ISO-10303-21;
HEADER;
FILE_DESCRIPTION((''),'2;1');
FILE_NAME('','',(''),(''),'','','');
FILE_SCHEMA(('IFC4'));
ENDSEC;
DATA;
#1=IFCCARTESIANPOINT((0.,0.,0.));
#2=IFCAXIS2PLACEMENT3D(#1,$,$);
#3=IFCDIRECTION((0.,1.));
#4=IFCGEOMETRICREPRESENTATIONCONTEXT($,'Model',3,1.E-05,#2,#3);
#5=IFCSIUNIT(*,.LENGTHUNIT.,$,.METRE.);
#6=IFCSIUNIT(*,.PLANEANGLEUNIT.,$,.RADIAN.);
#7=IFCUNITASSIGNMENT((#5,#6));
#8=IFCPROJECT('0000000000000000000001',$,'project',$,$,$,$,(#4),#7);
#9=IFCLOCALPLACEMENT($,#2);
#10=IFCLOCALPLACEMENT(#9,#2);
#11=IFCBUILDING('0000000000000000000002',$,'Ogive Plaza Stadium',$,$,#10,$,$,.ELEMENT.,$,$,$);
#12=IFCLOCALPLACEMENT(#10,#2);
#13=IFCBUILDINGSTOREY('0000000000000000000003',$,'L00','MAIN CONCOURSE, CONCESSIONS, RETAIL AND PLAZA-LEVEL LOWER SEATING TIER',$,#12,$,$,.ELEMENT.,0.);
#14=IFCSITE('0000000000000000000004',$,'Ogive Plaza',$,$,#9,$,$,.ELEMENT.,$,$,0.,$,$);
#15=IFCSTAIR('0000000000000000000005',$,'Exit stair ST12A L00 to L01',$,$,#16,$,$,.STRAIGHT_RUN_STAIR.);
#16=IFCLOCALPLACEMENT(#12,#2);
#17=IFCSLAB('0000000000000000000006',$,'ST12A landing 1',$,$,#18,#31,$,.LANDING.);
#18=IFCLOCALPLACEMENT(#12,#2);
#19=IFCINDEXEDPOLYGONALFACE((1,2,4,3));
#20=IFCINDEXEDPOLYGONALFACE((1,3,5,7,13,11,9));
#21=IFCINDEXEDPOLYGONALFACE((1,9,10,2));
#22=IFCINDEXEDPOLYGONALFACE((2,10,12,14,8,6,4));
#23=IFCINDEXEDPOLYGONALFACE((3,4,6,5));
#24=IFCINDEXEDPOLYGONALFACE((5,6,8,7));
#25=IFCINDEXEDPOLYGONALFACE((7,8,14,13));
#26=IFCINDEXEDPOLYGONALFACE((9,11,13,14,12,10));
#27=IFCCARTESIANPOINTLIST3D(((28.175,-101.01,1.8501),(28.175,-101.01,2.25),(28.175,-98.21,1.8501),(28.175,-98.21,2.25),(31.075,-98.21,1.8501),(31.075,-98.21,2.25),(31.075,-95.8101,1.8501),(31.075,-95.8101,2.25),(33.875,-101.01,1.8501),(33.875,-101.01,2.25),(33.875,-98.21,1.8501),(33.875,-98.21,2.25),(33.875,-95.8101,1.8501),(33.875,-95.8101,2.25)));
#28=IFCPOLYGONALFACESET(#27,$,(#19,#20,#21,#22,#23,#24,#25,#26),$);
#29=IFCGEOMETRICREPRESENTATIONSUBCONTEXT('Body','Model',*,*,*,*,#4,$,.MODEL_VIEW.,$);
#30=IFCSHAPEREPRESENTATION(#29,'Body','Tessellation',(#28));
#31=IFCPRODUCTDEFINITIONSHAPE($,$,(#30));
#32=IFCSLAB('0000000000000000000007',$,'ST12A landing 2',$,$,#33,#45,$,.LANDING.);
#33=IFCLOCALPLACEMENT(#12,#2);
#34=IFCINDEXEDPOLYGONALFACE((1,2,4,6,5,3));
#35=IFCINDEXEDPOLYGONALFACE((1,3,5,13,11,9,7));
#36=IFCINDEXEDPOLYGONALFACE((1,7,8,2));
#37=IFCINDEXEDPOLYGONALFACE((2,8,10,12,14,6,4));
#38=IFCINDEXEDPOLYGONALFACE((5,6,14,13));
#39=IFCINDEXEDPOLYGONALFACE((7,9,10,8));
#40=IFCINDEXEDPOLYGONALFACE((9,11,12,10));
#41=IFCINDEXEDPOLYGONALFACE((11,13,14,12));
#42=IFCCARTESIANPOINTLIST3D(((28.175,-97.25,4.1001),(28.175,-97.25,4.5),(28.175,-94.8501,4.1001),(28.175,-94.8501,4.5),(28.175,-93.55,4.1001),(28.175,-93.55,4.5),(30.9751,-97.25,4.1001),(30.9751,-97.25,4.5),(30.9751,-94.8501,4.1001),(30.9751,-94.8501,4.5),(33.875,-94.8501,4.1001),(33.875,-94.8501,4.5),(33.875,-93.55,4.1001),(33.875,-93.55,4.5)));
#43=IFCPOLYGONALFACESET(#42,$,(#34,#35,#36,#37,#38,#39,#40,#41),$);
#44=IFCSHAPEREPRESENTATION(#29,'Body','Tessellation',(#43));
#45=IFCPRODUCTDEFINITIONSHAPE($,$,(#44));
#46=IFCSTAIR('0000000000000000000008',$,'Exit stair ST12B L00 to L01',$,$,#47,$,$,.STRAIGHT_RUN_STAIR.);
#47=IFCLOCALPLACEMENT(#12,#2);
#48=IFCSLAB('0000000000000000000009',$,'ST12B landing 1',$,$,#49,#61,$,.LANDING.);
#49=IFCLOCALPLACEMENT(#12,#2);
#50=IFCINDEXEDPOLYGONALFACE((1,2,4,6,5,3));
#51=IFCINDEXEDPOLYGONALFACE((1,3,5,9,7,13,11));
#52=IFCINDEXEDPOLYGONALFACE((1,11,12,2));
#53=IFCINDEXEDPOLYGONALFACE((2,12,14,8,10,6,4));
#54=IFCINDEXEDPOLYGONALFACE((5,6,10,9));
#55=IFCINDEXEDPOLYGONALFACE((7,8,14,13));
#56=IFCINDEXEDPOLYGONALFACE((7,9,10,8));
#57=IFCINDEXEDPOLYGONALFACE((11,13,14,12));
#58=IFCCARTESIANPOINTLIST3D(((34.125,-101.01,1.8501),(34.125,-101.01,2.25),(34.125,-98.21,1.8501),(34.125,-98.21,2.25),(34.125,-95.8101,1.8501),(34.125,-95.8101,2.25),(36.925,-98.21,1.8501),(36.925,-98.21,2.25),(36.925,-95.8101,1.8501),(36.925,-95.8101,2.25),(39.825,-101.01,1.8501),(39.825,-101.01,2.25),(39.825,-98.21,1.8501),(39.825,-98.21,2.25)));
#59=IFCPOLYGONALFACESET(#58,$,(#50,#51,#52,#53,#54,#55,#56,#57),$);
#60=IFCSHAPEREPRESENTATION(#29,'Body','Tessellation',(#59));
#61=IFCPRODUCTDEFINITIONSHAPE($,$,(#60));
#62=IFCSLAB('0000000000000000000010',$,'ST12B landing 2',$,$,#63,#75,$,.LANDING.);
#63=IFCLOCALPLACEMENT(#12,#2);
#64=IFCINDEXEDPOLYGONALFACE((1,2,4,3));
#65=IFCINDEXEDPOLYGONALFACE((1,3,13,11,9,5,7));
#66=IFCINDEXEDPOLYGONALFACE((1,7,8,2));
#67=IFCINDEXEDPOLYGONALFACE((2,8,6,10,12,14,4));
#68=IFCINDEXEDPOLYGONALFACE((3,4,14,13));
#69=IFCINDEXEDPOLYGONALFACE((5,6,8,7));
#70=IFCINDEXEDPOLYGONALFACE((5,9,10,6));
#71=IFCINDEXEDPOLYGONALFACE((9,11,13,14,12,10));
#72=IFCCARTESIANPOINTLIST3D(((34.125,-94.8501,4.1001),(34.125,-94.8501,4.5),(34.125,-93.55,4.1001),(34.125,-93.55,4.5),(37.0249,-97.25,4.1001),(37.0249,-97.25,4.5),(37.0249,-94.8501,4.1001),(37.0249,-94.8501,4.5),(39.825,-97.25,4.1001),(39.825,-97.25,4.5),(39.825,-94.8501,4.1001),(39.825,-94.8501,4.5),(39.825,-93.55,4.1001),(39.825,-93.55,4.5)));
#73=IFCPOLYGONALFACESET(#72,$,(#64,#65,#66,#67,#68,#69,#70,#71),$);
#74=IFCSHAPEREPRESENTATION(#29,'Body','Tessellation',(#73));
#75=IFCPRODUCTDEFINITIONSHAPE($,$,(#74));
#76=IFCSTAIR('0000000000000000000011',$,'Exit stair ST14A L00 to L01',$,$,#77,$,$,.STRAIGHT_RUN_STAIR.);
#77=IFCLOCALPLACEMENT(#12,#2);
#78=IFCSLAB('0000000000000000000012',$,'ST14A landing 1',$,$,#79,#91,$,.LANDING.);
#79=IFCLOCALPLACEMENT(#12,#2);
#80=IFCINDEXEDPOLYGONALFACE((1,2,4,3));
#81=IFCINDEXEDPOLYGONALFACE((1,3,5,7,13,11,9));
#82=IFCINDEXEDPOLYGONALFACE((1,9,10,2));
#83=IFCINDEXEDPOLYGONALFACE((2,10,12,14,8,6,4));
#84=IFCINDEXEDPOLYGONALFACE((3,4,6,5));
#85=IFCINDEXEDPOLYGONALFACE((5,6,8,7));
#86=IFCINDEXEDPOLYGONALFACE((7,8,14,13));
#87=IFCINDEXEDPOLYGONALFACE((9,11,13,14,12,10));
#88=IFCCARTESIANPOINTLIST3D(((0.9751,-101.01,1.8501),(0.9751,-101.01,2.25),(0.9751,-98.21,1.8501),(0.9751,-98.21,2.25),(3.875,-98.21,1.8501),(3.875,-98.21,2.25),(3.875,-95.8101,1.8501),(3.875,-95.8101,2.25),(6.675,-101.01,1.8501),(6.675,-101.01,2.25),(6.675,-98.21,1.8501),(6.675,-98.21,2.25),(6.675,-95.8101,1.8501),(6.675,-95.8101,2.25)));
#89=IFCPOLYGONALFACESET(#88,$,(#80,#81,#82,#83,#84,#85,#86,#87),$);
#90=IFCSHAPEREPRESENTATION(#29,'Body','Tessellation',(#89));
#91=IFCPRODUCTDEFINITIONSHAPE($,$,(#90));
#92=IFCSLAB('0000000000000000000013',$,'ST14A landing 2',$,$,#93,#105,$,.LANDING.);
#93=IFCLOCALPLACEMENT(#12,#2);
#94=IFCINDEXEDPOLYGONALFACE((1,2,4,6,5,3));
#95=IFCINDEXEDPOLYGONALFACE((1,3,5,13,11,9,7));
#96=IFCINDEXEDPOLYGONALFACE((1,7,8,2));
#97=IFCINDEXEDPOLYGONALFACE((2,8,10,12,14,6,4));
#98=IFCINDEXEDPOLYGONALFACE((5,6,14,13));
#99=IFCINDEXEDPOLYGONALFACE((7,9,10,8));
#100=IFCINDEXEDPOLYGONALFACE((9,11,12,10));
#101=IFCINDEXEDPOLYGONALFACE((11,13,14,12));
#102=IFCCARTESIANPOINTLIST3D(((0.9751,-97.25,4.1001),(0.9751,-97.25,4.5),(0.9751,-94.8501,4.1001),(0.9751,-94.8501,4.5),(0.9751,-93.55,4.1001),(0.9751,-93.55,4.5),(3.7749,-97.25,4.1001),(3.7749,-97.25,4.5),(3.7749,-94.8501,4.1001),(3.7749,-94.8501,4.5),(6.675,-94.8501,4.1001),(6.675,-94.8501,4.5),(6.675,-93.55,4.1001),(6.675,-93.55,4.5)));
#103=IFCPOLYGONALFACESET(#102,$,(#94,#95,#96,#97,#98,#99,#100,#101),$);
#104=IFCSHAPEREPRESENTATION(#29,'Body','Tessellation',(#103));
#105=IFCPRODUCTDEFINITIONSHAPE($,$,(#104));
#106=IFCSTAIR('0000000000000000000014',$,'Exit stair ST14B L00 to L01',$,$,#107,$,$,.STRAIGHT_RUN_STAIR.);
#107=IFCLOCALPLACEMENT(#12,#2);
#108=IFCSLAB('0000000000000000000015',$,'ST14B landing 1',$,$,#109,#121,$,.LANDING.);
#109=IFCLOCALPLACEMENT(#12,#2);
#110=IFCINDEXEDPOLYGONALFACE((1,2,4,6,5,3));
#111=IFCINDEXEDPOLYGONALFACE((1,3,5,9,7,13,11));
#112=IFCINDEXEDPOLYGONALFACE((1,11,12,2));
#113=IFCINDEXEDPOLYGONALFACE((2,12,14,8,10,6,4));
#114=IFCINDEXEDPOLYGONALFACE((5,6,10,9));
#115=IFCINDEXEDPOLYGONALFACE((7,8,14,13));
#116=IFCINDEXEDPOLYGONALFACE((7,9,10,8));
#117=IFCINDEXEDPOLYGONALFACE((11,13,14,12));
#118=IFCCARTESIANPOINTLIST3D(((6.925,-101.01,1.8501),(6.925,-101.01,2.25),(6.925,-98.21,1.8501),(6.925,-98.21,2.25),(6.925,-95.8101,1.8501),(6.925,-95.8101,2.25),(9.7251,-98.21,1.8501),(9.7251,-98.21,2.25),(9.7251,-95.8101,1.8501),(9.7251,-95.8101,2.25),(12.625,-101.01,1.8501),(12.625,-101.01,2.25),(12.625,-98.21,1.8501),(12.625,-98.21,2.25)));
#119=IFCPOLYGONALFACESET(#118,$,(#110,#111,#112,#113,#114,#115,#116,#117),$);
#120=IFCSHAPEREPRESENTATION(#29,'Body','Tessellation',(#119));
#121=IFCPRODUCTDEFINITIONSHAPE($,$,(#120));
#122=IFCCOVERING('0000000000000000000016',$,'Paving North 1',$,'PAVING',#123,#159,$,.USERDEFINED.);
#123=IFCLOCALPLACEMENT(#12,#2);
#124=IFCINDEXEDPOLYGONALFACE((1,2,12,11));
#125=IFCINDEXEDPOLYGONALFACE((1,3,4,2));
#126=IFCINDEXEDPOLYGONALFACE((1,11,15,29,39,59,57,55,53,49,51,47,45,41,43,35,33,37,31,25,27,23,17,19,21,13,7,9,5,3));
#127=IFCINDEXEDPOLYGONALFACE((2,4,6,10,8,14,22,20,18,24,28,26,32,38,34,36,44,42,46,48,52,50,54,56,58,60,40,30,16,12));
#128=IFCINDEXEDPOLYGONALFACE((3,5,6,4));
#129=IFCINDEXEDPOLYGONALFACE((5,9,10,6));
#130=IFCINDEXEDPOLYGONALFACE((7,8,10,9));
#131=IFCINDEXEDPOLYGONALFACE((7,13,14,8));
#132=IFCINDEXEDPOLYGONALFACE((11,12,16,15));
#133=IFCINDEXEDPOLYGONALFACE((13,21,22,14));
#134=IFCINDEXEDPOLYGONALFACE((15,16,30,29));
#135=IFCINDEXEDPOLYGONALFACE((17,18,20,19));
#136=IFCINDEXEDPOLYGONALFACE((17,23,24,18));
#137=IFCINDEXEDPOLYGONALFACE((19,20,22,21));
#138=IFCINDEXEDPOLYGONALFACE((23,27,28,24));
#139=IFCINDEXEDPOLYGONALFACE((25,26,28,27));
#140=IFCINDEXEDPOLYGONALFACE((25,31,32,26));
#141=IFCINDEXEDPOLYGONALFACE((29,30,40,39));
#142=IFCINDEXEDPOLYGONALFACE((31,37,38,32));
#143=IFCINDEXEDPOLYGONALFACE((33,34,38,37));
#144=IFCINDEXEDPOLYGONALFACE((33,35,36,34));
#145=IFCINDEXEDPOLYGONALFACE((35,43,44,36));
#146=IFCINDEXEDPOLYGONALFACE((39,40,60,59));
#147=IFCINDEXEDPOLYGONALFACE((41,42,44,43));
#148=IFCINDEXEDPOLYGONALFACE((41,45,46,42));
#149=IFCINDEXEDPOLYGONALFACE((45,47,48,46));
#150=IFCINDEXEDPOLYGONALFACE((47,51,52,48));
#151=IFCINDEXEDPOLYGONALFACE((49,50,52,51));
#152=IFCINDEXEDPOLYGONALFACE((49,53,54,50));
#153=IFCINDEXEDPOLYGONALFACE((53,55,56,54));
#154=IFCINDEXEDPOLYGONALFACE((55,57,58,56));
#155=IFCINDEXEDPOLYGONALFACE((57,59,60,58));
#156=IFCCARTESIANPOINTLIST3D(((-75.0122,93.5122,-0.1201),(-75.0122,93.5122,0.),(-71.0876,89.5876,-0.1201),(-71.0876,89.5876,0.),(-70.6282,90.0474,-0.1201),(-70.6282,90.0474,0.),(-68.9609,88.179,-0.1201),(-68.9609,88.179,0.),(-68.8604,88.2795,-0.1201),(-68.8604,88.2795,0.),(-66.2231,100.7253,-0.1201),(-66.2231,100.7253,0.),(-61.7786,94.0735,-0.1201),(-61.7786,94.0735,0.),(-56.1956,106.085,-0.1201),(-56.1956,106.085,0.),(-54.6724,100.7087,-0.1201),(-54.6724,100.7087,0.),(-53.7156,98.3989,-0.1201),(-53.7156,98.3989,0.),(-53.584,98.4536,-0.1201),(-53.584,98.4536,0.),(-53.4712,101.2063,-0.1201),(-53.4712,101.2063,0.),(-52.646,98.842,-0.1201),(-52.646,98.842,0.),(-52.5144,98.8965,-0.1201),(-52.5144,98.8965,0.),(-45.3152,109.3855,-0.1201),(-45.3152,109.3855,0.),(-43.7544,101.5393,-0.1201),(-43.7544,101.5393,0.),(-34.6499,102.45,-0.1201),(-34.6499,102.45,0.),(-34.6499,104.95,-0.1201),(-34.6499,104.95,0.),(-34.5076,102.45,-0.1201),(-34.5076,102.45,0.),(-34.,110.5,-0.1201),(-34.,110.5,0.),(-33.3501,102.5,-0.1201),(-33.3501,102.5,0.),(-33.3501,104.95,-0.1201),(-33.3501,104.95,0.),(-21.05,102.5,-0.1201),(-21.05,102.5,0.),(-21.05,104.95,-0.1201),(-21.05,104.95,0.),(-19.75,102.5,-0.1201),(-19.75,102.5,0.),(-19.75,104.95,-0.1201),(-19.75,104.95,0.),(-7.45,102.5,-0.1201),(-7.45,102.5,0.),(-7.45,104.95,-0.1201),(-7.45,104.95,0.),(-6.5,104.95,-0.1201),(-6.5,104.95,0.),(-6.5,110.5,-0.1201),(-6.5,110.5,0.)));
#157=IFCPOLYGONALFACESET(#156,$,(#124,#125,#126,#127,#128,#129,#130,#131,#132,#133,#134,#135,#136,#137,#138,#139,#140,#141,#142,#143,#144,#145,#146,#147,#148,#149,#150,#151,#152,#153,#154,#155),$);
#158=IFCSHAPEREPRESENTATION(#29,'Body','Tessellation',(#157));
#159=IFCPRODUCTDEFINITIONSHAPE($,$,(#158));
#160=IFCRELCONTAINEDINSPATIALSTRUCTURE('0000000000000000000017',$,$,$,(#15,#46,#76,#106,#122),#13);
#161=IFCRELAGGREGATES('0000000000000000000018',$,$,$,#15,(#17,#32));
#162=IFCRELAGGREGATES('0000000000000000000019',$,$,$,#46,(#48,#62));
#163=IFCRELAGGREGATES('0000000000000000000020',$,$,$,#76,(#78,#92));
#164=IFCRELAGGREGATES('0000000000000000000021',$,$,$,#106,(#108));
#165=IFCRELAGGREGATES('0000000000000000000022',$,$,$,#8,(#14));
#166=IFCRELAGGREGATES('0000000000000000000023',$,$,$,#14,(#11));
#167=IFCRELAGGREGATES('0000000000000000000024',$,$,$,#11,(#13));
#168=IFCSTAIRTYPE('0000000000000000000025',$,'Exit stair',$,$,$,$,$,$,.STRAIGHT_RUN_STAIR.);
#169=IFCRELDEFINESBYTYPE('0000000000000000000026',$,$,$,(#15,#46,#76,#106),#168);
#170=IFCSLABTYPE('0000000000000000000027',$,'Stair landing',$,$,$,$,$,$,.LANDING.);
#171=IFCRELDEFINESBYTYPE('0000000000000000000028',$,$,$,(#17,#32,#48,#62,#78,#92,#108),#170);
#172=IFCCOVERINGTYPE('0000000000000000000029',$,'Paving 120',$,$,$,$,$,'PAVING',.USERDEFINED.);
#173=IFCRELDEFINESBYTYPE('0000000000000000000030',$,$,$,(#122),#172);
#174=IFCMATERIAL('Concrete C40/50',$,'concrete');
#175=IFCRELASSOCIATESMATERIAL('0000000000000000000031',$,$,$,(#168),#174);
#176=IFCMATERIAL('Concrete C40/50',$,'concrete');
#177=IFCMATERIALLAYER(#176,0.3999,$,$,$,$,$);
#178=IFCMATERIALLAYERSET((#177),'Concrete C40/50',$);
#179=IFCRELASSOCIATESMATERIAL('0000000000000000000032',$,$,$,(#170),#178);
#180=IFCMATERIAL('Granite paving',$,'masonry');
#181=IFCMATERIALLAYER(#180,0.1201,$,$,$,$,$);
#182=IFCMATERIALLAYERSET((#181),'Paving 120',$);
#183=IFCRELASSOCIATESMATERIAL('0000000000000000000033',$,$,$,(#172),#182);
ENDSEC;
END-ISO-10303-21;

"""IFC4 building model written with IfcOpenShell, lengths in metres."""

from ifc_helpers import new_model, si_unit, direction, frame, origin, place, context, subcontext, project, spatial, polyline, outline, extrude, material, layer, layer_set, type_object, element, aggregate, save


model = new_model("IFC4")

# Units and contexts
model_context = context("Model", 3, precision=1e-05, world=origin(), true_north=direction((0.0, 1.0)))
body_context = subcontext(model_context, "Body", "Model", "MODEL_VIEW")
ifc_project = project(units=[si_unit("LENGTHUNIT", "METRE"), si_unit("PLANEANGLEUNIT", "RADIAN")], contexts=[model_context])

# Site, building, storey
site_placement = place(None, origin())
site = spatial("IfcSite", under=ifc_project, at=site_placement, Name="Ogive Plaza", CompositionType="ELEMENT", RefElevation=0.0)
building_placement = place(site_placement, origin())
building = spatial("IfcBuilding", under=site, at=building_placement, Name="Ogive Plaza Stadium", CompositionType="ELEMENT")
storey_placement = place(building_placement, origin())
storey = spatial("IfcBuildingStorey", under=building, at=storey_placement, Name="L00", Description="MAIN CONCOURSE, CONCESSIONS, RETAIL AND PLAZA-LEVEL LOWER SEATING TIER", CompositionType="ELEMENT", Elevation=0.0)

# Stairs, slabs
ifc_material_1 = material(Name="Concrete C40/50", Category="concrete")
stair_type = type_object("IfcStairType", Name="Exit stair", PredefinedType="STRAIGHT_RUN_STAIR", material=ifc_material_1)
ifc_material_2 = material(Name="Concrete C40/50", Category="concrete")
ifc_layer_1 = layer(ifc_material_2, 0.3999)
ifc_layer_set_1 = layer_set([ifc_layer_1], Name="Concrete C40/50")
slab_type_1 = type_object("IfcSlabType", Name="Stair landing", PredefinedType="LANDING", material=ifc_layer_set_1)
stair_1_placement = place(storey_placement, origin())
stair_1 = element("IfcStair", 1, at=stair_1_placement, inside=storey, type_object=stair_type, Name="Exit stair ST12A L00 to L01", PredefinedType="STRAIGHT_RUN_STAIR")
slab_1_placement = place(storey_placement, frame((0.0, 0.0, 1.8501)))
slab_1 = element("IfcSlab", 2, at=slab_1_placement, type_object=slab_type_1, Name="ST12A landing 1", PredefinedType="LANDING", context=body_context, shape_type="SweptSolid", body=[
    extrude(outline(polyline([(33.875, -101.01), (28.175, -101.01), (28.175, -98.21), (31.075, -98.21), (31.075, -95.8101), (33.875, -95.8101), (33.875, -98.21), (33.875, -101.01)])), origin(), (0.0, 0.0, 1.0), 0.3999),
])
slab_2_placement = place(storey_placement, frame((0.0, 0.0, 4.1001)))
slab_2 = element("IfcSlab", 3, at=slab_2_placement, type_object=slab_type_1, Name="ST12A landing 2", PredefinedType="LANDING", context=body_context, shape_type="SweptSolid", body=[
    extrude(outline(polyline([(30.9751, -97.25), (28.175, -97.25), (28.175, -94.8501), (28.175, -93.55), (33.875, -93.55), (33.875, -94.8501), (30.9751, -94.8501), (30.9751, -97.25)])), origin(), (0.0, 0.0, 1.0), 0.3999),
])
aggregate(stair_1, [slab_1, slab_2])
stair_2_placement = place(storey_placement, origin())
stair_2 = element("IfcStair", 4, at=stair_2_placement, inside=storey, type_object=stair_type, Name="Exit stair ST12B L00 to L01", PredefinedType="STRAIGHT_RUN_STAIR")
slab_3_placement = place(storey_placement, frame((0.0, 0.0, 1.8501)))
slab_3 = element("IfcSlab", 5, at=slab_3_placement, type_object=slab_type_1, Name="ST12B landing 1", PredefinedType="LANDING", context=body_context, shape_type="SweptSolid", body=[
    extrude(outline(polyline([(34.125, -95.8101), (36.925, -95.8101), (36.925, -98.21), (39.825, -98.21), (39.825, -101.01), (34.125, -101.01), (34.125, -98.21), (34.125, -95.8101)])), origin(), (0.0, 0.0, 1.0), 0.3999),
])
slab_4_placement = place(storey_placement, frame((0.0, 0.0, 4.1001)))
slab_4 = element("IfcSlab", 6, at=slab_4_placement, type_object=slab_type_1, Name="ST12B landing 2", PredefinedType="LANDING", context=body_context, shape_type="SweptSolid", body=[
    extrude(outline(polyline([(34.125, -94.8501), (34.125, -93.55), (39.825, -93.55), (39.825, -94.8501), (39.825, -97.25), (37.0249, -97.25), (37.0249, -94.8501), (34.125, -94.8501)])), origin(), (0.0, 0.0, 1.0), 0.3999),
])
aggregate(stair_2, [slab_3, slab_4])
stair_3_placement = place(storey_placement, origin())
stair_3 = element("IfcStair", 7, at=stair_3_placement, inside=storey, type_object=stair_type, Name="Exit stair ST14A L00 to L01", PredefinedType="STRAIGHT_RUN_STAIR")
slab_5_placement = place(storey_placement, frame((0.0, 0.0, 1.8501)))
slab_5 = element("IfcSlab", 8, at=slab_5_placement, type_object=slab_type_1, Name="ST14A landing 1", PredefinedType="LANDING", context=body_context, shape_type="SweptSolid", body=[
    extrude(outline(polyline([(6.675, -101.01), (0.9751, -101.01), (0.9751, -98.21), (3.875, -98.21), (3.875, -95.8101), (6.675, -95.8101), (6.675, -98.21), (6.675, -101.01)])), origin(), (0.0, 0.0, 1.0), 0.3999),
])
slab_6_placement = place(storey_placement, frame((0.0, 0.0, 4.1001)))
slab_6 = element("IfcSlab", 9, at=slab_6_placement, type_object=slab_type_1, Name="ST14A landing 2", PredefinedType="LANDING", context=body_context, shape_type="SweptSolid", body=[
    extrude(outline(polyline([(3.7749, -97.25), (0.9751, -97.25), (0.9751, -94.8501), (0.9751, -93.55), (6.675, -93.55), (6.675, -94.8501), (3.7749, -94.8501), (3.7749, -97.25)])), origin(), (0.0, 0.0, 1.0), 0.3999),
])
aggregate(stair_3, [slab_5, slab_6])

# Stair, slab
stair_4_placement = place(storey_placement, origin())
stair_4 = element("IfcStair", 10, at=stair_4_placement, inside=storey, type_object=stair_type, Name="Exit stair ST14B L00 to L01", PredefinedType="STRAIGHT_RUN_STAIR")
slab_7_placement = place(storey_placement, frame((0.0, 0.0, 1.8501)))
slab_7 = element("IfcSlab", 11, at=slab_7_placement, type_object=slab_type_1, Name="ST14B landing 1", PredefinedType="LANDING", context=body_context, shape_type="SweptSolid", body=[
    extrude(outline(polyline([(6.925, -95.8101), (9.7251, -95.8101), (9.7251, -98.21), (12.625, -98.21), (12.625, -101.01), (6.925, -101.01), (6.925, -98.21), (6.925, -95.8101)])), origin(), (0.0, 0.0, 1.0), 0.3999),
])
aggregate(stair_4, [slab_7])

# Covering
ifc_material_3 = material(Name="Granite paving", Category="masonry")
ifc_layer_2 = layer(ifc_material_3, 0.1201)
ifc_layer_set_2 = layer_set([ifc_layer_2], Name="Paving 120")
covering_type = type_object("IfcCoveringType", Name="Paving 120", ElementType="PAVING", PredefinedType="USERDEFINED", material=ifc_layer_set_2)
covering_1_placement = place(storey_placement, frame((0.0, 0.0, -0.1201)))
element("IfcCovering", 12, at=covering_1_placement, inside=storey, type_object=covering_type, Name="Paving North 1", ObjectType="PAVING", PredefinedType="USERDEFINED", context=body_context, shape_type="SweptSolid", body=[
    extrude(outline(polyline([(-75.0122, 93.5122), (-66.2231, 100.7253), (-56.1956, 106.085), (-45.3152, 109.3855), (-34.0, 110.5), (-6.5, 110.5), (-6.5, 104.95), (-7.45, 104.95), (-7.45, 102.5), (-19.75, 102.5), (-19.75, 104.95), (-21.05, 104.95), (-21.05, 102.5), (-33.3501, 102.5), (-33.3501, 104.95), (-34.6499, 104.95), (-34.6499, 102.45), (-34.5076, 102.45), (-43.7544, 101.5393), (-52.646, 98.842), (-52.5144, 98.8965), (-53.4712, 101.2063), (-54.6724, 100.7087), (-53.7156, 98.3989), (-53.584, 98.4536), (-61.7786, 94.0735), (-68.9609, 88.179), (-68.8604, 88.2795), (-70.6282, 90.0474), (-71.0876, 89.5876), (-75.0122, 93.5122), (-75.0122, 93.5122)])), origin(), (0.0, 0.0, 1.0), 0.1201),
])

save(model, "model.ifc")
